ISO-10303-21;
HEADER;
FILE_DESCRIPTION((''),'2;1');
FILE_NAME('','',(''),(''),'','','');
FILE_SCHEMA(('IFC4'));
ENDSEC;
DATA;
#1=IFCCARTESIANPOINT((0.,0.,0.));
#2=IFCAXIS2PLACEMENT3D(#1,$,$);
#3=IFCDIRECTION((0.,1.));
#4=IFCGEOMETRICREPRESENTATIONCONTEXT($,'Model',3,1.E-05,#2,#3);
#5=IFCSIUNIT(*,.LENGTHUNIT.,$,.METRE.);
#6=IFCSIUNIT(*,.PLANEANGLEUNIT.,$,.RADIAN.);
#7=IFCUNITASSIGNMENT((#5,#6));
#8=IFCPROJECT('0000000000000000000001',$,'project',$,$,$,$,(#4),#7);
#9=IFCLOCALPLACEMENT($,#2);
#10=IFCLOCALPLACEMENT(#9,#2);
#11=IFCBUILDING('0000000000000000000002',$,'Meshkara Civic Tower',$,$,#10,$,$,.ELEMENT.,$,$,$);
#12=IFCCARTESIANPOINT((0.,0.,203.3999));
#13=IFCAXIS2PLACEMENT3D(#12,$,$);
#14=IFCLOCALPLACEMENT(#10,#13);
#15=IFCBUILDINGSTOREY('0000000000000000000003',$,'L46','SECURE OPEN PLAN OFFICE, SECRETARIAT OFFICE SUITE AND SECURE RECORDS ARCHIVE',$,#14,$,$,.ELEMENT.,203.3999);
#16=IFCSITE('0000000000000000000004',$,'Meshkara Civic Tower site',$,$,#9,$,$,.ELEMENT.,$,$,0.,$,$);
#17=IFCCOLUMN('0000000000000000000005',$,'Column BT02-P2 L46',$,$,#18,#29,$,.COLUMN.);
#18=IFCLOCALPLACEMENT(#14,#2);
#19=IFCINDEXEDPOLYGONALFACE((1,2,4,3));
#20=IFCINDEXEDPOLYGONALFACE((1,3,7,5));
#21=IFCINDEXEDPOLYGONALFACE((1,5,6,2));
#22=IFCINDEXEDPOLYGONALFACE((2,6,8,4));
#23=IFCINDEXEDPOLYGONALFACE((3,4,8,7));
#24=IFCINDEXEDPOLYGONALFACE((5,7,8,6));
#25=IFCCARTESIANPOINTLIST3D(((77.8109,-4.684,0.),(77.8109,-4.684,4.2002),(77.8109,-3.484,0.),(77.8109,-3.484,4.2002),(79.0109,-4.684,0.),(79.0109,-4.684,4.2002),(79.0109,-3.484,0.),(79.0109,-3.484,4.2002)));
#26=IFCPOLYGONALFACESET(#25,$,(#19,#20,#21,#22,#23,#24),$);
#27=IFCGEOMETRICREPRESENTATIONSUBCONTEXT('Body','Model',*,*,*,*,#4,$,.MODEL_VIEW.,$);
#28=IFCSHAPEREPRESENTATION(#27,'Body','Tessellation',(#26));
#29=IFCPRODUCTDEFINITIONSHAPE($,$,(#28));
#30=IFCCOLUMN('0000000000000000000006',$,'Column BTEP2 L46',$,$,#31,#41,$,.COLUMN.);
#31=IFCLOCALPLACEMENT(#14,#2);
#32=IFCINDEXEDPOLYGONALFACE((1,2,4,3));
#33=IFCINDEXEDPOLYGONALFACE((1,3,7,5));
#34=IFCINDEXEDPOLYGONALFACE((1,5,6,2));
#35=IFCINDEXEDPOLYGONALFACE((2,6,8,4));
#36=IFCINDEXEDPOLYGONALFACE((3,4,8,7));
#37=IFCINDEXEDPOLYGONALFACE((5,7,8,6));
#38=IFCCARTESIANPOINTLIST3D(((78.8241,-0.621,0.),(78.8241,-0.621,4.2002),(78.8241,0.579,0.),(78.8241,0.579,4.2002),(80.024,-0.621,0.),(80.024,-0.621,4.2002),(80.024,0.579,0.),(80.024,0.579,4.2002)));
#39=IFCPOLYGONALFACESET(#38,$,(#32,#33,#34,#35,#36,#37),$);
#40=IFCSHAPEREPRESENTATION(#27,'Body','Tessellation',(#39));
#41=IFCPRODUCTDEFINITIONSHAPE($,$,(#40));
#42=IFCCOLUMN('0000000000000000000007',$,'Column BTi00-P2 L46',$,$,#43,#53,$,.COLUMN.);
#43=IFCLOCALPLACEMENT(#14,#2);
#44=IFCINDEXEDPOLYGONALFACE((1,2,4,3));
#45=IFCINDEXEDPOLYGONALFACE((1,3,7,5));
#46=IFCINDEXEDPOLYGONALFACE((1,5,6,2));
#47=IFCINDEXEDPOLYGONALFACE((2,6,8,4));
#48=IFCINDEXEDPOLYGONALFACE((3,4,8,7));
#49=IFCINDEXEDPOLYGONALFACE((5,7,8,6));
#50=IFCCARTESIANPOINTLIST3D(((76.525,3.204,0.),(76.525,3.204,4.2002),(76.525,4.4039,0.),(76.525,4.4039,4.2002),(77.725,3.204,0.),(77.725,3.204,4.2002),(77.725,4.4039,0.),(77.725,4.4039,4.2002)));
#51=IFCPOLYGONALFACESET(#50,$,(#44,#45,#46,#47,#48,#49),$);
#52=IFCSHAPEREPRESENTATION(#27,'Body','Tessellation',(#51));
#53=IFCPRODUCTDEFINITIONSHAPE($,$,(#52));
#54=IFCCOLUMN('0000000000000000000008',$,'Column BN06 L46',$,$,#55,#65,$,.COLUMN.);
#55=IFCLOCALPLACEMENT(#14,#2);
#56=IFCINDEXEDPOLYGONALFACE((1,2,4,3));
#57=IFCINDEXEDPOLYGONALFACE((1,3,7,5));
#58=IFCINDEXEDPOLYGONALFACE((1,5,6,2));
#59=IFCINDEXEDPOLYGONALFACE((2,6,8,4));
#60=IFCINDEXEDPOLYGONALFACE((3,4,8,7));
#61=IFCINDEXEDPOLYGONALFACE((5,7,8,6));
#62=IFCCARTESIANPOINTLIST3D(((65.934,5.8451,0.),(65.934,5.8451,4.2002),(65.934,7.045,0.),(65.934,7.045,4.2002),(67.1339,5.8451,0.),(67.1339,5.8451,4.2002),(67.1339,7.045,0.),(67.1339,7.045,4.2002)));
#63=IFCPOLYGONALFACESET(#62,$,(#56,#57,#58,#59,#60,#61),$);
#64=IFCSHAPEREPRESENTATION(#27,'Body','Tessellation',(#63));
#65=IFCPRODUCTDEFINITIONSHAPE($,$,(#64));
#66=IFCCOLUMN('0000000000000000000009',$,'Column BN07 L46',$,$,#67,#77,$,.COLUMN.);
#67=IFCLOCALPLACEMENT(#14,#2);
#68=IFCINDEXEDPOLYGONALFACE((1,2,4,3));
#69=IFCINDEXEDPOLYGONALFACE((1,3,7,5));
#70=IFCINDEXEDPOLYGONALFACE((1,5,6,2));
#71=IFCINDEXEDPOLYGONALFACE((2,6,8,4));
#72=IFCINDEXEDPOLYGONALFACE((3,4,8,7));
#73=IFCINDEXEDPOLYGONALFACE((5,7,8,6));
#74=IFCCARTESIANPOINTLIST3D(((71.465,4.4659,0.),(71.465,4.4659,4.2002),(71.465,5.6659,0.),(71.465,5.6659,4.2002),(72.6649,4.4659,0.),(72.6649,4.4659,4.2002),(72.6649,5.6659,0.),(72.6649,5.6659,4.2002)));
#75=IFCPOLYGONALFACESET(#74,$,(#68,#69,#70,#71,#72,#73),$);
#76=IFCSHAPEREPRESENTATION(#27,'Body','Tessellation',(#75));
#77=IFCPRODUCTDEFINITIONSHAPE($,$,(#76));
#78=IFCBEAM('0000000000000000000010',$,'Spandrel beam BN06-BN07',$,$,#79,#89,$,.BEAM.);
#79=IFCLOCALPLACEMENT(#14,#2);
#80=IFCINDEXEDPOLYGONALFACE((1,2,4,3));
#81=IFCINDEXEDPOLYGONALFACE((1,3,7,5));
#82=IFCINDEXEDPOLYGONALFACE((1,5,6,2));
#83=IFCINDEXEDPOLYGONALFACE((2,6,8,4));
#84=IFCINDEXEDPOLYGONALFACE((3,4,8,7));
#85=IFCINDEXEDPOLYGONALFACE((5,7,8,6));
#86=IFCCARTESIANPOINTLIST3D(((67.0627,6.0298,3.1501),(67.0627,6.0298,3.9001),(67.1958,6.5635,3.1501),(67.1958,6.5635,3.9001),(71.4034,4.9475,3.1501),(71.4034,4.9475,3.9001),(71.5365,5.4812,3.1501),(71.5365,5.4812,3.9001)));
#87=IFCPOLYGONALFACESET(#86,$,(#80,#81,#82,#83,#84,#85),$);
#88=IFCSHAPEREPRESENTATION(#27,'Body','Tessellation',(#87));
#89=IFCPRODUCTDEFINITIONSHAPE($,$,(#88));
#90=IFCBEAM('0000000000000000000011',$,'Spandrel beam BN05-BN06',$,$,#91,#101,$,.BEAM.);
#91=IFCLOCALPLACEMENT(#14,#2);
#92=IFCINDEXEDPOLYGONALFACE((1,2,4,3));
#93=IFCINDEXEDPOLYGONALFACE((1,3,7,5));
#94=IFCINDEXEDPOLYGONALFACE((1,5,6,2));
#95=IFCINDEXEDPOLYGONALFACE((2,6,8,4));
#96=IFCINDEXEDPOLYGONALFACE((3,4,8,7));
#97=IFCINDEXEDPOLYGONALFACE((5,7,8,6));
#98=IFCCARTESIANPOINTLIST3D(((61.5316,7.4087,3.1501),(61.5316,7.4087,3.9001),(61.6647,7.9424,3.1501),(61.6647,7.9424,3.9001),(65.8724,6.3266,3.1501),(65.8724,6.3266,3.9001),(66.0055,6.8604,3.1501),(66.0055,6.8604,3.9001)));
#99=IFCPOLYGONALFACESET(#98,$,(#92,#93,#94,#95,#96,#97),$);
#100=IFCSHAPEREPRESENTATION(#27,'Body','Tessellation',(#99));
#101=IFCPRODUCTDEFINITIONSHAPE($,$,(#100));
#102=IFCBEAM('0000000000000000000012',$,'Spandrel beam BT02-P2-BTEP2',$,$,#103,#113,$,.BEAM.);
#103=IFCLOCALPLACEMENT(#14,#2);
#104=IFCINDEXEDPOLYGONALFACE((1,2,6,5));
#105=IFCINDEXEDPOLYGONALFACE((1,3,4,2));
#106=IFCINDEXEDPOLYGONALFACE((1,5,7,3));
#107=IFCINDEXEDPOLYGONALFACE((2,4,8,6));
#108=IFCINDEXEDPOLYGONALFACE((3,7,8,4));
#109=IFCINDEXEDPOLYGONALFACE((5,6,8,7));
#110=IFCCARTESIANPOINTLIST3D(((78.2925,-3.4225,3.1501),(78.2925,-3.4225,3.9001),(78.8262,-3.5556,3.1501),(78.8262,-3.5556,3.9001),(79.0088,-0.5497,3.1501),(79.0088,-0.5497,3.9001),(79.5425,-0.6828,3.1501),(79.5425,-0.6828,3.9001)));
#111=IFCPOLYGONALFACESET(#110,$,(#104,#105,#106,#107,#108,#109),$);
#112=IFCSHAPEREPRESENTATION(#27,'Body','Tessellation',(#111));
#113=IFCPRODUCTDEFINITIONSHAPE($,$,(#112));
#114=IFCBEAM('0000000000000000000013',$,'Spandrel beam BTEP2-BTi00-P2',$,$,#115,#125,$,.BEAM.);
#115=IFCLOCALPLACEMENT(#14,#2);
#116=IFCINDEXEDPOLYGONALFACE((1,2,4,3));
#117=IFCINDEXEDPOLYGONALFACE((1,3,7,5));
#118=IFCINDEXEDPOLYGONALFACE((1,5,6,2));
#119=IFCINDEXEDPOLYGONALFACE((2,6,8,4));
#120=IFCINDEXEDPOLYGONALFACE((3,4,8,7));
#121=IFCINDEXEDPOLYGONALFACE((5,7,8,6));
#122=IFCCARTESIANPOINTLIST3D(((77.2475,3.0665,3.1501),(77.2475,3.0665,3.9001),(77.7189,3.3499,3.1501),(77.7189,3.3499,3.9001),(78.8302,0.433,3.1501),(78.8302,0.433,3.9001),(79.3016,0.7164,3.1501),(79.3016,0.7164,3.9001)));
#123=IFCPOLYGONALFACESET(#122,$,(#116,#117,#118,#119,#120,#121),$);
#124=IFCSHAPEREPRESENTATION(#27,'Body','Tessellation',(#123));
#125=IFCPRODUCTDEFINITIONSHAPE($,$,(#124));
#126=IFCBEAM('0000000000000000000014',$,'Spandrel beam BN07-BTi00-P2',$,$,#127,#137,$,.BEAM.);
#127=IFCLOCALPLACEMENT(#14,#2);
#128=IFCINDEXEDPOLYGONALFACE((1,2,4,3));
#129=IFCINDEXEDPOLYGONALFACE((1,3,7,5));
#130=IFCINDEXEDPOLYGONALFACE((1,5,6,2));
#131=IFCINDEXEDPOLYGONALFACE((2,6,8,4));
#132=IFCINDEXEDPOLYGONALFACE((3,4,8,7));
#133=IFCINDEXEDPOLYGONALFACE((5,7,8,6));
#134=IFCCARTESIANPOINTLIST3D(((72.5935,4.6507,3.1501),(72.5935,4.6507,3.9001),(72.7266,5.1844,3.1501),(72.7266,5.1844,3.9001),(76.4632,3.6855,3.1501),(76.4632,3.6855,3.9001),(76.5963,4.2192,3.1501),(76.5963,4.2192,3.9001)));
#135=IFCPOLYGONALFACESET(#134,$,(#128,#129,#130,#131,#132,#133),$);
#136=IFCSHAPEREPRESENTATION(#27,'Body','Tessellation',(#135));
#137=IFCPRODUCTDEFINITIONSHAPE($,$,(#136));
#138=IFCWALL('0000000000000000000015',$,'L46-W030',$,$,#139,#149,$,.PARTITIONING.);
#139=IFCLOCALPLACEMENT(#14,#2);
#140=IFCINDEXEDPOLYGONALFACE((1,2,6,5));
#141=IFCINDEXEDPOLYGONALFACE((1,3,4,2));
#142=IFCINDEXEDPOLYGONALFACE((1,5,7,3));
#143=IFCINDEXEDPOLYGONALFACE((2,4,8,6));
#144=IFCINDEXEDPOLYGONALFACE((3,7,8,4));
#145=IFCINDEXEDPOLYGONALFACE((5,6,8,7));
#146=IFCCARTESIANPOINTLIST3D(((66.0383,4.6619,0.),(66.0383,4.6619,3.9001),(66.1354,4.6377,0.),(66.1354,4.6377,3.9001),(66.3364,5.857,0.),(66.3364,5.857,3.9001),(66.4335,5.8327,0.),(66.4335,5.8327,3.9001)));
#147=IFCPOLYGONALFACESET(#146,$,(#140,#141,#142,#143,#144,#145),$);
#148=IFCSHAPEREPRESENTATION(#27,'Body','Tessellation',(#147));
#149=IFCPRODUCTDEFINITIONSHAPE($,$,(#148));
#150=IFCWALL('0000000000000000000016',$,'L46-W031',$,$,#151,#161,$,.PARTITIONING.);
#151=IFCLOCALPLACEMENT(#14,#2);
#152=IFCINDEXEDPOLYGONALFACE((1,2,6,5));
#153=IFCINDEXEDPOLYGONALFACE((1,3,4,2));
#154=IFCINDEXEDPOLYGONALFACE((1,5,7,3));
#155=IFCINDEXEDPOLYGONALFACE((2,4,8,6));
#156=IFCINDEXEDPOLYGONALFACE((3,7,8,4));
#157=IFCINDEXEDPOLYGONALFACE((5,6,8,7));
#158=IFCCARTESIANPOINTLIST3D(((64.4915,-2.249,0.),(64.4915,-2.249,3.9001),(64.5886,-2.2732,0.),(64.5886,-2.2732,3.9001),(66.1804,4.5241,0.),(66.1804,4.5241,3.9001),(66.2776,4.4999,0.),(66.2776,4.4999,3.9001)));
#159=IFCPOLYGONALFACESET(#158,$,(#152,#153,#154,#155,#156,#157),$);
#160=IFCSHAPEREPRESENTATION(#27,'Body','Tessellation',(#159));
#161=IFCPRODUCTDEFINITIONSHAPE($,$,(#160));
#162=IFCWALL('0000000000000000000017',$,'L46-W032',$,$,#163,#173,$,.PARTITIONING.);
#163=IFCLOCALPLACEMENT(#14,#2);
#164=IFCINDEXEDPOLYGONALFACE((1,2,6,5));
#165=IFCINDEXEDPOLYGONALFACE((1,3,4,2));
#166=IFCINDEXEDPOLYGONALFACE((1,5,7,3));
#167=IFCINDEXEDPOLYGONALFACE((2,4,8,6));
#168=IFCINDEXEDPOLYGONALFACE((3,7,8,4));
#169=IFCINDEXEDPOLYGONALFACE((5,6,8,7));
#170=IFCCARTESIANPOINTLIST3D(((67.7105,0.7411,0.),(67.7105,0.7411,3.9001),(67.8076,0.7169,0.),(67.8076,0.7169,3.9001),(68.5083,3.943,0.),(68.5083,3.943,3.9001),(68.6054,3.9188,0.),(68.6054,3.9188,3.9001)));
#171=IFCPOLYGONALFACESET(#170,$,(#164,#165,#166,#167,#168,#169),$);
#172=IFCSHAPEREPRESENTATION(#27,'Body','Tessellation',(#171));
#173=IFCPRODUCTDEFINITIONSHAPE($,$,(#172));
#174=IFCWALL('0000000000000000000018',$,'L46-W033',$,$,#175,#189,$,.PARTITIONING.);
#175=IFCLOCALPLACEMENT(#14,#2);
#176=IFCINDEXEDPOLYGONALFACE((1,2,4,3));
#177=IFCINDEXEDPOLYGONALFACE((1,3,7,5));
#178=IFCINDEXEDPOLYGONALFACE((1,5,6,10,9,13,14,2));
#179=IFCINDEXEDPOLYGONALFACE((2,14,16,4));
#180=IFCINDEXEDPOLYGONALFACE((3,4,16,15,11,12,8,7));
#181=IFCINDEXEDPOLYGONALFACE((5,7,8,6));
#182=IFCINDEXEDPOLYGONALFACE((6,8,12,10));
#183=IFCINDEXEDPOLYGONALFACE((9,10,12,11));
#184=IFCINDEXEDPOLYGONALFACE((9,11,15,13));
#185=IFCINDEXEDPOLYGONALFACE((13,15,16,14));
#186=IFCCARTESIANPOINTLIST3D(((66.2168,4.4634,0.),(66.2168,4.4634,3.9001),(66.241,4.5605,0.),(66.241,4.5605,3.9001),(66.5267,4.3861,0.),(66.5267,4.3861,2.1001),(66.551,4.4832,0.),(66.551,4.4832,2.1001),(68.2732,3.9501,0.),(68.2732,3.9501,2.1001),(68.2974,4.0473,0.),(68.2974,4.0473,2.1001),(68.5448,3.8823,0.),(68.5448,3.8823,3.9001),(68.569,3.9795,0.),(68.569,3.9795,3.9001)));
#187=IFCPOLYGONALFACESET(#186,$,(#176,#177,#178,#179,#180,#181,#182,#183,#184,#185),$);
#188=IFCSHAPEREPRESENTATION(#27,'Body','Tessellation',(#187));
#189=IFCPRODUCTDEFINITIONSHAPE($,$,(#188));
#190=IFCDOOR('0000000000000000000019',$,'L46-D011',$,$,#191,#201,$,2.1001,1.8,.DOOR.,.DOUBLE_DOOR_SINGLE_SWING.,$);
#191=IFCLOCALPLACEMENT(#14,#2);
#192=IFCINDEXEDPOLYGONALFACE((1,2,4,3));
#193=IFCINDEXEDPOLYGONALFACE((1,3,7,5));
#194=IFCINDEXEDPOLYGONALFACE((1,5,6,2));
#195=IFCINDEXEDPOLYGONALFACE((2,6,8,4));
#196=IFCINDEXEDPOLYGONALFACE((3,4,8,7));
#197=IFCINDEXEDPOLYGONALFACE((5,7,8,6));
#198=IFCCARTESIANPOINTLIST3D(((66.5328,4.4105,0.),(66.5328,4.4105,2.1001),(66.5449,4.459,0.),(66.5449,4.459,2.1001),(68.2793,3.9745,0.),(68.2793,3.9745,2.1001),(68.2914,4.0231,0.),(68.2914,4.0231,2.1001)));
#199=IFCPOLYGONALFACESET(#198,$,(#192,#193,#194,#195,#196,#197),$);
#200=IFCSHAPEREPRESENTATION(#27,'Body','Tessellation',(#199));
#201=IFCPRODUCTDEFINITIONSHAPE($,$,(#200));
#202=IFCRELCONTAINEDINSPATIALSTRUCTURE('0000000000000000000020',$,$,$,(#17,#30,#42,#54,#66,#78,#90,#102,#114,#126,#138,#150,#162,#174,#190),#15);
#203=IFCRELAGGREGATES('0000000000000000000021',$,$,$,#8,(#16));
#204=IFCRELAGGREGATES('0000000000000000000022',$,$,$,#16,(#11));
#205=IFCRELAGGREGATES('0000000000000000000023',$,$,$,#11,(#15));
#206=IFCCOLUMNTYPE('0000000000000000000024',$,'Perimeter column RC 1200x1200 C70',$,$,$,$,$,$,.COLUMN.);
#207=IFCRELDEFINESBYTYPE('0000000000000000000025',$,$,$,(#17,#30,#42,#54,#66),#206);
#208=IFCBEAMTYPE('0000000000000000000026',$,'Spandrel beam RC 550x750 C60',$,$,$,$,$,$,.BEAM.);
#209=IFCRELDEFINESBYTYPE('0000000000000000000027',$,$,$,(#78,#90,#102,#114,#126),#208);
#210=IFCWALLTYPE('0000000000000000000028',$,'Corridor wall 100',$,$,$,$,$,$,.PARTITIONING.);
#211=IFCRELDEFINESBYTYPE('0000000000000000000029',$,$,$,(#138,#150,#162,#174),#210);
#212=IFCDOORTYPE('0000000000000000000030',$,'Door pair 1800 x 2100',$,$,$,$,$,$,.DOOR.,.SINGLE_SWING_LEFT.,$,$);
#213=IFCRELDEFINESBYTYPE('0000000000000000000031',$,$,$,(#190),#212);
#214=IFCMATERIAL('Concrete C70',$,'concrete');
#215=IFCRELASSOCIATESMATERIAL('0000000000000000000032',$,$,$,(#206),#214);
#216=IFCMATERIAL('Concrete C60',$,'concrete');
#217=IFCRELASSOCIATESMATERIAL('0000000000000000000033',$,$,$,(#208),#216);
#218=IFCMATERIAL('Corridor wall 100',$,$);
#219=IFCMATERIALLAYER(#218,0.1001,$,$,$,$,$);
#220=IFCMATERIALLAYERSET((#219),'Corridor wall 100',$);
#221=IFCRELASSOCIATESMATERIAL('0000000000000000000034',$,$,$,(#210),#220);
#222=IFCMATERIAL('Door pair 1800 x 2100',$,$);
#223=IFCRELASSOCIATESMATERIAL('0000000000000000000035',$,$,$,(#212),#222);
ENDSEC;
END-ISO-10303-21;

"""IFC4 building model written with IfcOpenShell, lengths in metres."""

from ifc_helpers import new_model, si_unit, direction, frame, frame_2d, origin, origin_2d, place, context, subcontext, project, spatial, rectangle, extrude, material, layer, layer_set, material_profile, profile_set, type_object, element, fill, save


model = new_model("IFC4")

# Units and contexts
model_context = context("Model", 3, precision=1e-05, world=origin(), true_north=direction((0.0, 1.0)))
body_context = subcontext(model_context, "Body", "Model", "MODEL_VIEW")
ifc_project = project(units=[si_unit("LENGTHUNIT", "METRE"), si_unit("PLANEANGLEUNIT", "RADIAN")], contexts=[model_context])

# Site, building, storey
site_placement = place(None, origin())
site = spatial("IfcSite", under=ifc_project, at=site_placement, Name="Meshkara Civic Tower site", CompositionType="ELEMENT", RefElevation=0.0)
building_placement = place(site_placement, origin())
building = spatial("IfcBuilding", under=site, at=building_placement, Name="Meshkara Civic Tower", CompositionType="ELEMENT")
storey_placement = place(building_placement, frame((0.0, 0.0, 203.3999)))
storey = spatial("IfcBuildingStorey", under=building, at=storey_placement, Name="L46", Description="SECURE OPEN PLAN OFFICE, SECRETARIAT OFFICE SUITE AND SECURE RECORDS ARCHIVE", CompositionType="ELEMENT", Elevation=203.3999)

# Columns
ifc_material_1 = material(Name="Concrete C70", Category="concrete")
ifc_material_profile_1 = material_profile(ifc_material_1, rectangle(XDim=1.2, YDim=1.2, at=origin_2d()))
ifc_profile_set_1 = profile_set([ifc_material_profile_1], Name="Concrete C70")
column_type = type_object("IfcColumnType", Name="Perimeter column RC 1200x1200 C70", PredefinedType="COLUMN", material=ifc_profile_set_1)
for number, where, z_axis, x_axis, name in (
    (1, (78.4109, -4.084, 0.0), (0.0, 0.0, 1.0), (1.0, 0.0, 0.0), "Column BT02-P2 L46"),
    (2, (79.4241, -0.021, 0.0), (0.0, 0.0, 1.0), (1.0, 0.0, 0.0), "Column BTEP2 L46"),
    (3, (77.125, 3.804, 0.0), (0.0, 0.0, 1.0), (1.0, 0.0, 0.0), "Column BTi00-P2 L46"),
    (4, (66.5339, 6.4451, 0.0), (0.0, 0.0, 1.0), (1.0, 0.0, 0.0), "Column BN06 L46"),
    (5, (72.0649, 5.0659, 0.0), (0.0, 0.0, 1.0), (1.0, 0.0, 0.0), "Column BN07 L46"),
):
    element("IfcColumn", number, at=place(storey_placement, frame(where, z_axis=z_axis, x_axis=x_axis)), inside=storey, type_object=column_type, Name=name, PredefinedType="COLUMN", context=body_context, shape_type="SweptSolid", body=[
        extrude(rectangle(XDim=1.2, YDim=1.2, at=origin_2d()), origin(), (0.0, 0.0, 1.0), 4.2002),
    ])

# Beams
ifc_material_2 = material(Name="Concrete C60", Category="concrete")
ifc_material_profile_2 = material_profile(ifc_material_2, rectangle(XDim=0.55, YDim=0.75, at=origin_2d()))
ifc_profile_set_2 = profile_set([ifc_material_profile_2], Name="Concrete C60")
beam_type = type_object("IfcBeamType", Name="Spandrel beam RC 550x750 C60", PredefinedType="BEAM", material=ifc_profile_set_2)
for number, where, z_axis, x_axis, name in (
    (6, (71.47, 5.2144, 3.5251), (-0.970296, 0.241919, 0.0), (-0.241919, -0.970296, 0.0), "Spandrel beam BN06-BN07"),
    (7, (65.939, 6.5935, 3.5251), (-0.970309, 0.241868, 0.0), (-0.241868, -0.970309, 0.0), "Spandrel beam BN05-BN06"),
):
    element("IfcBeam", number, at=place(storey_placement, frame(where, z_axis=z_axis, x_axis=x_axis)), inside=storey, type_object=beam_type, Name=name, PredefinedType="BEAM", context=body_context, shape_type="SweptSolid", body=[
        extrude(rectangle(XDim=0.55, YDim=0.75, at=origin_2d()), origin(), (0.0, 0.0, 1.0), 4.4736),
    ])
beam_1_placement = place(storey_placement, frame((78.5593, -3.489, 3.5251), z_axis=(0.241934, 0.970293, 0.0), x_axis=(-0.970293, 0.241934, 0.0)))
element("IfcBeam", 8, at=beam_1_placement, inside=storey, type_object=beam_type, Name="Spandrel beam BT02-P2-BTEP2", PredefinedType="BEAM", context=body_context, shape_type="SweptSolid", body=[
    extrude(rectangle(XDim=0.55, YDim=0.75, at=origin_2d()), origin(), (0.0, 0.0, 1.0), 2.9607),
])
beam_2_placement = place(storey_placement, frame((79.0659, 0.5747, 3.5251), z_axis=(-0.515127, 0.857114, 0.0), x_axis=(-0.857114, -0.515127, 0.0)))
element("IfcBeam", 9, at=beam_2_placement, inside=storey, type_object=beam_type, Name="Spandrel beam BTEP2-BTi00-P2", PredefinedType="BEAM", context=body_context, shape_type="SweptSolid", body=[
    extrude(rectangle(XDim=0.55, YDim=0.75, at=origin_2d()), origin(), (0.0, 0.0, 1.0), 3.0725),
])
beam_3_placement = place(storey_placement, frame((76.5298, 3.9524, 3.5251), z_axis=(-0.970279, 0.241988, 0.0), x_axis=(-0.241988, -0.970279, 0.0)))
element("IfcBeam", 10, at=beam_3_placement, inside=storey, type_object=beam_type, Name="Spandrel beam BN07-BTi00-P2", PredefinedType="BEAM", context=body_context, shape_type="SweptSolid", body=[
    extrude(rectangle(XDim=0.55, YDim=0.75, at=origin_2d()), origin(), (0.0, 0.0, 1.0), 3.9883),
])

# Walls
ifc_material_3 = material(Name="Corridor wall 100")
ifc_layer_1 = layer(ifc_material_3, 0.1001)
ifc_layer_set_1 = layer_set([ifc_layer_1], Name="Corridor wall 100")
wall_type_1 = type_object("IfcWallType", Name="Corridor wall 100", PredefinedType="PARTITIONING", material=ifc_layer_set_1)
wall_1_placement = place(storey_placement, frame((66.0869, 4.6499, 0.0), z_axis=(0.0, 0.0, 1.0), x_axis=(0.242023, 0.970271, 0.0)))
element("IfcWall", 11, at=wall_1_placement, inside=storey, type_object=wall_type_1, Name="L46-W030", PredefinedType="PARTITIONING", context=body_context, shape_type="SweptSolid", body=[
    extrude(rectangle(XDim=1.2317, YDim=0.1001, at=frame_2d((0.6157, 0.0))), origin(), (0.0, 0.0, 1.0), 3.9001),
])
wall_2_placement = place(storey_placement, frame((66.229, 4.512, 0.0), z_axis=(0.0, 0.0, 1.0), x_axis=(-0.24196, -0.970286, 0.0)))
element("IfcWall", 12, at=wall_2_placement, inside=storey, type_object=wall_type_1, Name="L46-W031", PredefinedType="PARTITIONING", context=body_context, shape_type="SweptSolid", body=[
    extrude(rectangle(XDim=6.9805, YDim=0.1001, at=frame_2d((3.4902, 0.0))), origin(), (0.0, 0.0, 1.0), 3.9001),
])
wall_3_placement = place(storey_placement, frame((67.759, 0.729, 0.0), z_axis=(0.0, 0.0, 1.0), x_axis=(0.241787, 0.970329, 0.0)))
element("IfcWall", 13, at=wall_3_placement, inside=storey, type_object=wall_type_1, Name="L46-W032", PredefinedType="PARTITIONING", context=body_context, shape_type="SweptSolid", body=[
    extrude(rectangle(XDim=3.2998, YDim=0.1001, at=frame_2d((1.6499, 0.0))), origin(), (0.0, 0.0, 1.0), 3.9001),
])

# Wall, opening, door
wall_4_placement = place(storey_placement, frame((68.5569, 3.9309, 0.0), z_axis=(0.0, 0.0, 1.0), x_axis=(-0.970232, 0.242176, 0.0)))
wall_4 = element("IfcWall", 14, at=wall_4_placement, inside=storey, type_object=wall_type_1, Name="L46-W033", PredefinedType="PARTITIONING", context=body_context, shape_type="SweptSolid", body=[
    extrude(rectangle(XDim=2.3994, YDim=0.1001, at=frame_2d((1.1997, 0.0))), origin(), (0.0, 0.0, 1.0), 3.9001),
])
opening_1_placement = place(wall_4_placement, frame((0.28, 0.0, 0.0)))
opening_1 = element("IfcOpeningElement", 15, at=opening_1_placement, cuts=wall_4, PredefinedType="OPENING", context=body_context, shape_type="SweptSolid", body=[
    extrude(rectangle(XDim=1.8, YDim=2.1001, at=frame_2d((0.8999, 1.05))), frame((0.0, 0.0601, 0.0), z_axis=(0.0, -1.0, 0.0), x_axis=(1.0, 0.0, 0.0)), (0.0, 0.0, 1.0), 0.1201),
])
ifc_material_4 = material(Name="Door pair 1800 x 2100")
door_type = type_object("IfcDoorType", Name="Door pair 1800 x 2100", OperationType="SINGLE_SWING_LEFT", PredefinedType="DOOR", material=ifc_material_4)
door_placement = place(opening_1_placement, origin())
door = element("IfcDoor", 16, at=door_placement, inside=storey, type_object=door_type, Name="L46-D011", OperationType="DOUBLE_DOOR_SINGLE_SWING", OverallHeight=2.1001, OverallWidth=1.8, PredefinedType="DOOR", context=body_context, shape_type="SweptSolid", body=[
    extrude(rectangle(XDim=1.8, YDim=2.1001, at=frame_2d((0.8999, 1.05))), frame((0.0, 0.0249, 0.0), z_axis=(0.0, -1.0, 0.0), x_axis=(1.0, 0.0, 0.0)), (0.0, 0.0, 1.0), 0.05),
])
fill(opening_1, door)

save(model, "model.ifc")
